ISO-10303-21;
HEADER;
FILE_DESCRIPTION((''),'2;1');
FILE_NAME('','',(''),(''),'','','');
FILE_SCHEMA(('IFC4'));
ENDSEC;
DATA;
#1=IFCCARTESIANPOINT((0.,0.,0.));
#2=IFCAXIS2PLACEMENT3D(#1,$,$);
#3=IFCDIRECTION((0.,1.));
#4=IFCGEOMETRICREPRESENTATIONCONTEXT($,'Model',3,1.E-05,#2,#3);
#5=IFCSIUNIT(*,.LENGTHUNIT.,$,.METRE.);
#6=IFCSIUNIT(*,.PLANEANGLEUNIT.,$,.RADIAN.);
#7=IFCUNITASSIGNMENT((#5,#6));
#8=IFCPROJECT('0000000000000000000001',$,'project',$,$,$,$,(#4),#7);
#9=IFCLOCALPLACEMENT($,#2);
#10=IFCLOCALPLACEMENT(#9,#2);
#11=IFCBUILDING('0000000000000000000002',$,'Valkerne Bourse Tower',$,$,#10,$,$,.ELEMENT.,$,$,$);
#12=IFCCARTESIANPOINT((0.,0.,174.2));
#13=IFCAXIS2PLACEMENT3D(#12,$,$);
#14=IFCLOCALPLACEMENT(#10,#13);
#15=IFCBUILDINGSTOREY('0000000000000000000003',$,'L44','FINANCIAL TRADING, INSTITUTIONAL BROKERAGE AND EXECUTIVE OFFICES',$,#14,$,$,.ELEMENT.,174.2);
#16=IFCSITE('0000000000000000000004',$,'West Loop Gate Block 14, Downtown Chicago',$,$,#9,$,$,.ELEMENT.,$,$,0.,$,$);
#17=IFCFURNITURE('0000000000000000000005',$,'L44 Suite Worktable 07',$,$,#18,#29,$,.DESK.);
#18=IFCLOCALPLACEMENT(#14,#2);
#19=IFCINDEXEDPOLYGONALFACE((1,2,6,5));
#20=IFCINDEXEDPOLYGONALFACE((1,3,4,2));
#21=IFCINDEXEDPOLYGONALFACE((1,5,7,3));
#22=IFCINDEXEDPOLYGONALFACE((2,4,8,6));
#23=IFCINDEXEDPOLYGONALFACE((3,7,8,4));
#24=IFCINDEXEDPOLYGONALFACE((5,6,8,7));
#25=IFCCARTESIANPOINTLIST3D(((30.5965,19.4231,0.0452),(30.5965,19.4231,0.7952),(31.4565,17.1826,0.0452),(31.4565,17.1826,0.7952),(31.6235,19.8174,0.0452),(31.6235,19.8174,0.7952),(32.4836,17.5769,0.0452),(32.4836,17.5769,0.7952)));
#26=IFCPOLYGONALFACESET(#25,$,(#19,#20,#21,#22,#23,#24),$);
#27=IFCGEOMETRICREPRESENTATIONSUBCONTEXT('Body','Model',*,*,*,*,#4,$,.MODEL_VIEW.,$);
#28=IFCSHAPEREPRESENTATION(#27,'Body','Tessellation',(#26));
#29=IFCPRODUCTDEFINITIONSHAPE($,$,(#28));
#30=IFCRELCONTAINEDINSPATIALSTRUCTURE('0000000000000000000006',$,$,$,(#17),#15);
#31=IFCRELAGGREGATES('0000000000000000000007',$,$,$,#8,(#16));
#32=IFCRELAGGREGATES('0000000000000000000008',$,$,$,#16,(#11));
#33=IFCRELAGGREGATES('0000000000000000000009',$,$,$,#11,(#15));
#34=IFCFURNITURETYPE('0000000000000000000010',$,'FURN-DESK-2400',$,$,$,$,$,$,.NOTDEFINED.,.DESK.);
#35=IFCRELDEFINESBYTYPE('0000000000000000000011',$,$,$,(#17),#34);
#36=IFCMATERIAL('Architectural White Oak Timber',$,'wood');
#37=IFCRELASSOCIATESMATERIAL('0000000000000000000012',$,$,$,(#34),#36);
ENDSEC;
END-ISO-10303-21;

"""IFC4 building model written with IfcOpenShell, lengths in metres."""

from ifc_helpers import new_model, si_unit, direction, frame, origin, origin_2d, place, context, subcontext, project, spatial, rectangle, extrude, material, type_object, element, save


model = new_model("IFC4")

# Units and contexts
model_context = context("Model", 3, precision=1e-05, world=origin(), true_north=direction((0.0, 1.0)))
body_context = subcontext(model_context, "Body", "Model", "MODEL_VIEW")
ifc_project = project(units=[si_unit("LENGTHUNIT", "METRE"), si_unit("PLANEANGLEUNIT", "RADIAN")], contexts=[model_context])

# Site, building, storey
site_placement = place(None, origin())
site = spatial("IfcSite", under=ifc_project, at=site_placement, Name="West Loop Gate Block 14, Downtown Chicago", CompositionType="ELEMENT", RefElevation=0.0)
building_placement = place(site_placement, origin())
building = spatial("IfcBuilding", under=site, at=building_placement, Name="Valkerne Bourse Tower", CompositionType="ELEMENT")
storey_placement = place(building_placement, frame((0.0, 0.0, 174.2)))
storey = spatial("IfcBuildingStorey", under=building, at=storey_placement, Name="L44", Description="FINANCIAL TRADING, INSTITUTIONAL BROKERAGE AND EXECUTIVE OFFICES", CompositionType="ELEMENT", Elevation=174.2)

# Shared definitions
ifc_material_1 = material(Name="Architectural White Oak Timber", Category="wood")

# Furniture
furniture_type = type_object("IfcFurnitureType", Name="FURN-DESK-2400", AssemblyPlace="NOTDEFINED", PredefinedType="DESK", material=ifc_material_1)
furniture_placement = place(storey_placement, frame((31.54, 18.5, 0.0452), z_axis=(0.0, 0.0, 1.0), x_axis=(-0.358368, 0.93358, 0.0)))
element("IfcFurniture", 1, at=furniture_placement, inside=storey, type_object=furniture_type, Name="L44 Suite Worktable 07", PredefinedType="DESK", context=body_context, shape_type="SweptSolid", body=[
    extrude(rectangle(XDim=2.3999, YDim=1.1001, at=origin_2d()), origin(), (0.0, 0.0, 1.0), 0.75),
])

save(model, "model.ifc")
